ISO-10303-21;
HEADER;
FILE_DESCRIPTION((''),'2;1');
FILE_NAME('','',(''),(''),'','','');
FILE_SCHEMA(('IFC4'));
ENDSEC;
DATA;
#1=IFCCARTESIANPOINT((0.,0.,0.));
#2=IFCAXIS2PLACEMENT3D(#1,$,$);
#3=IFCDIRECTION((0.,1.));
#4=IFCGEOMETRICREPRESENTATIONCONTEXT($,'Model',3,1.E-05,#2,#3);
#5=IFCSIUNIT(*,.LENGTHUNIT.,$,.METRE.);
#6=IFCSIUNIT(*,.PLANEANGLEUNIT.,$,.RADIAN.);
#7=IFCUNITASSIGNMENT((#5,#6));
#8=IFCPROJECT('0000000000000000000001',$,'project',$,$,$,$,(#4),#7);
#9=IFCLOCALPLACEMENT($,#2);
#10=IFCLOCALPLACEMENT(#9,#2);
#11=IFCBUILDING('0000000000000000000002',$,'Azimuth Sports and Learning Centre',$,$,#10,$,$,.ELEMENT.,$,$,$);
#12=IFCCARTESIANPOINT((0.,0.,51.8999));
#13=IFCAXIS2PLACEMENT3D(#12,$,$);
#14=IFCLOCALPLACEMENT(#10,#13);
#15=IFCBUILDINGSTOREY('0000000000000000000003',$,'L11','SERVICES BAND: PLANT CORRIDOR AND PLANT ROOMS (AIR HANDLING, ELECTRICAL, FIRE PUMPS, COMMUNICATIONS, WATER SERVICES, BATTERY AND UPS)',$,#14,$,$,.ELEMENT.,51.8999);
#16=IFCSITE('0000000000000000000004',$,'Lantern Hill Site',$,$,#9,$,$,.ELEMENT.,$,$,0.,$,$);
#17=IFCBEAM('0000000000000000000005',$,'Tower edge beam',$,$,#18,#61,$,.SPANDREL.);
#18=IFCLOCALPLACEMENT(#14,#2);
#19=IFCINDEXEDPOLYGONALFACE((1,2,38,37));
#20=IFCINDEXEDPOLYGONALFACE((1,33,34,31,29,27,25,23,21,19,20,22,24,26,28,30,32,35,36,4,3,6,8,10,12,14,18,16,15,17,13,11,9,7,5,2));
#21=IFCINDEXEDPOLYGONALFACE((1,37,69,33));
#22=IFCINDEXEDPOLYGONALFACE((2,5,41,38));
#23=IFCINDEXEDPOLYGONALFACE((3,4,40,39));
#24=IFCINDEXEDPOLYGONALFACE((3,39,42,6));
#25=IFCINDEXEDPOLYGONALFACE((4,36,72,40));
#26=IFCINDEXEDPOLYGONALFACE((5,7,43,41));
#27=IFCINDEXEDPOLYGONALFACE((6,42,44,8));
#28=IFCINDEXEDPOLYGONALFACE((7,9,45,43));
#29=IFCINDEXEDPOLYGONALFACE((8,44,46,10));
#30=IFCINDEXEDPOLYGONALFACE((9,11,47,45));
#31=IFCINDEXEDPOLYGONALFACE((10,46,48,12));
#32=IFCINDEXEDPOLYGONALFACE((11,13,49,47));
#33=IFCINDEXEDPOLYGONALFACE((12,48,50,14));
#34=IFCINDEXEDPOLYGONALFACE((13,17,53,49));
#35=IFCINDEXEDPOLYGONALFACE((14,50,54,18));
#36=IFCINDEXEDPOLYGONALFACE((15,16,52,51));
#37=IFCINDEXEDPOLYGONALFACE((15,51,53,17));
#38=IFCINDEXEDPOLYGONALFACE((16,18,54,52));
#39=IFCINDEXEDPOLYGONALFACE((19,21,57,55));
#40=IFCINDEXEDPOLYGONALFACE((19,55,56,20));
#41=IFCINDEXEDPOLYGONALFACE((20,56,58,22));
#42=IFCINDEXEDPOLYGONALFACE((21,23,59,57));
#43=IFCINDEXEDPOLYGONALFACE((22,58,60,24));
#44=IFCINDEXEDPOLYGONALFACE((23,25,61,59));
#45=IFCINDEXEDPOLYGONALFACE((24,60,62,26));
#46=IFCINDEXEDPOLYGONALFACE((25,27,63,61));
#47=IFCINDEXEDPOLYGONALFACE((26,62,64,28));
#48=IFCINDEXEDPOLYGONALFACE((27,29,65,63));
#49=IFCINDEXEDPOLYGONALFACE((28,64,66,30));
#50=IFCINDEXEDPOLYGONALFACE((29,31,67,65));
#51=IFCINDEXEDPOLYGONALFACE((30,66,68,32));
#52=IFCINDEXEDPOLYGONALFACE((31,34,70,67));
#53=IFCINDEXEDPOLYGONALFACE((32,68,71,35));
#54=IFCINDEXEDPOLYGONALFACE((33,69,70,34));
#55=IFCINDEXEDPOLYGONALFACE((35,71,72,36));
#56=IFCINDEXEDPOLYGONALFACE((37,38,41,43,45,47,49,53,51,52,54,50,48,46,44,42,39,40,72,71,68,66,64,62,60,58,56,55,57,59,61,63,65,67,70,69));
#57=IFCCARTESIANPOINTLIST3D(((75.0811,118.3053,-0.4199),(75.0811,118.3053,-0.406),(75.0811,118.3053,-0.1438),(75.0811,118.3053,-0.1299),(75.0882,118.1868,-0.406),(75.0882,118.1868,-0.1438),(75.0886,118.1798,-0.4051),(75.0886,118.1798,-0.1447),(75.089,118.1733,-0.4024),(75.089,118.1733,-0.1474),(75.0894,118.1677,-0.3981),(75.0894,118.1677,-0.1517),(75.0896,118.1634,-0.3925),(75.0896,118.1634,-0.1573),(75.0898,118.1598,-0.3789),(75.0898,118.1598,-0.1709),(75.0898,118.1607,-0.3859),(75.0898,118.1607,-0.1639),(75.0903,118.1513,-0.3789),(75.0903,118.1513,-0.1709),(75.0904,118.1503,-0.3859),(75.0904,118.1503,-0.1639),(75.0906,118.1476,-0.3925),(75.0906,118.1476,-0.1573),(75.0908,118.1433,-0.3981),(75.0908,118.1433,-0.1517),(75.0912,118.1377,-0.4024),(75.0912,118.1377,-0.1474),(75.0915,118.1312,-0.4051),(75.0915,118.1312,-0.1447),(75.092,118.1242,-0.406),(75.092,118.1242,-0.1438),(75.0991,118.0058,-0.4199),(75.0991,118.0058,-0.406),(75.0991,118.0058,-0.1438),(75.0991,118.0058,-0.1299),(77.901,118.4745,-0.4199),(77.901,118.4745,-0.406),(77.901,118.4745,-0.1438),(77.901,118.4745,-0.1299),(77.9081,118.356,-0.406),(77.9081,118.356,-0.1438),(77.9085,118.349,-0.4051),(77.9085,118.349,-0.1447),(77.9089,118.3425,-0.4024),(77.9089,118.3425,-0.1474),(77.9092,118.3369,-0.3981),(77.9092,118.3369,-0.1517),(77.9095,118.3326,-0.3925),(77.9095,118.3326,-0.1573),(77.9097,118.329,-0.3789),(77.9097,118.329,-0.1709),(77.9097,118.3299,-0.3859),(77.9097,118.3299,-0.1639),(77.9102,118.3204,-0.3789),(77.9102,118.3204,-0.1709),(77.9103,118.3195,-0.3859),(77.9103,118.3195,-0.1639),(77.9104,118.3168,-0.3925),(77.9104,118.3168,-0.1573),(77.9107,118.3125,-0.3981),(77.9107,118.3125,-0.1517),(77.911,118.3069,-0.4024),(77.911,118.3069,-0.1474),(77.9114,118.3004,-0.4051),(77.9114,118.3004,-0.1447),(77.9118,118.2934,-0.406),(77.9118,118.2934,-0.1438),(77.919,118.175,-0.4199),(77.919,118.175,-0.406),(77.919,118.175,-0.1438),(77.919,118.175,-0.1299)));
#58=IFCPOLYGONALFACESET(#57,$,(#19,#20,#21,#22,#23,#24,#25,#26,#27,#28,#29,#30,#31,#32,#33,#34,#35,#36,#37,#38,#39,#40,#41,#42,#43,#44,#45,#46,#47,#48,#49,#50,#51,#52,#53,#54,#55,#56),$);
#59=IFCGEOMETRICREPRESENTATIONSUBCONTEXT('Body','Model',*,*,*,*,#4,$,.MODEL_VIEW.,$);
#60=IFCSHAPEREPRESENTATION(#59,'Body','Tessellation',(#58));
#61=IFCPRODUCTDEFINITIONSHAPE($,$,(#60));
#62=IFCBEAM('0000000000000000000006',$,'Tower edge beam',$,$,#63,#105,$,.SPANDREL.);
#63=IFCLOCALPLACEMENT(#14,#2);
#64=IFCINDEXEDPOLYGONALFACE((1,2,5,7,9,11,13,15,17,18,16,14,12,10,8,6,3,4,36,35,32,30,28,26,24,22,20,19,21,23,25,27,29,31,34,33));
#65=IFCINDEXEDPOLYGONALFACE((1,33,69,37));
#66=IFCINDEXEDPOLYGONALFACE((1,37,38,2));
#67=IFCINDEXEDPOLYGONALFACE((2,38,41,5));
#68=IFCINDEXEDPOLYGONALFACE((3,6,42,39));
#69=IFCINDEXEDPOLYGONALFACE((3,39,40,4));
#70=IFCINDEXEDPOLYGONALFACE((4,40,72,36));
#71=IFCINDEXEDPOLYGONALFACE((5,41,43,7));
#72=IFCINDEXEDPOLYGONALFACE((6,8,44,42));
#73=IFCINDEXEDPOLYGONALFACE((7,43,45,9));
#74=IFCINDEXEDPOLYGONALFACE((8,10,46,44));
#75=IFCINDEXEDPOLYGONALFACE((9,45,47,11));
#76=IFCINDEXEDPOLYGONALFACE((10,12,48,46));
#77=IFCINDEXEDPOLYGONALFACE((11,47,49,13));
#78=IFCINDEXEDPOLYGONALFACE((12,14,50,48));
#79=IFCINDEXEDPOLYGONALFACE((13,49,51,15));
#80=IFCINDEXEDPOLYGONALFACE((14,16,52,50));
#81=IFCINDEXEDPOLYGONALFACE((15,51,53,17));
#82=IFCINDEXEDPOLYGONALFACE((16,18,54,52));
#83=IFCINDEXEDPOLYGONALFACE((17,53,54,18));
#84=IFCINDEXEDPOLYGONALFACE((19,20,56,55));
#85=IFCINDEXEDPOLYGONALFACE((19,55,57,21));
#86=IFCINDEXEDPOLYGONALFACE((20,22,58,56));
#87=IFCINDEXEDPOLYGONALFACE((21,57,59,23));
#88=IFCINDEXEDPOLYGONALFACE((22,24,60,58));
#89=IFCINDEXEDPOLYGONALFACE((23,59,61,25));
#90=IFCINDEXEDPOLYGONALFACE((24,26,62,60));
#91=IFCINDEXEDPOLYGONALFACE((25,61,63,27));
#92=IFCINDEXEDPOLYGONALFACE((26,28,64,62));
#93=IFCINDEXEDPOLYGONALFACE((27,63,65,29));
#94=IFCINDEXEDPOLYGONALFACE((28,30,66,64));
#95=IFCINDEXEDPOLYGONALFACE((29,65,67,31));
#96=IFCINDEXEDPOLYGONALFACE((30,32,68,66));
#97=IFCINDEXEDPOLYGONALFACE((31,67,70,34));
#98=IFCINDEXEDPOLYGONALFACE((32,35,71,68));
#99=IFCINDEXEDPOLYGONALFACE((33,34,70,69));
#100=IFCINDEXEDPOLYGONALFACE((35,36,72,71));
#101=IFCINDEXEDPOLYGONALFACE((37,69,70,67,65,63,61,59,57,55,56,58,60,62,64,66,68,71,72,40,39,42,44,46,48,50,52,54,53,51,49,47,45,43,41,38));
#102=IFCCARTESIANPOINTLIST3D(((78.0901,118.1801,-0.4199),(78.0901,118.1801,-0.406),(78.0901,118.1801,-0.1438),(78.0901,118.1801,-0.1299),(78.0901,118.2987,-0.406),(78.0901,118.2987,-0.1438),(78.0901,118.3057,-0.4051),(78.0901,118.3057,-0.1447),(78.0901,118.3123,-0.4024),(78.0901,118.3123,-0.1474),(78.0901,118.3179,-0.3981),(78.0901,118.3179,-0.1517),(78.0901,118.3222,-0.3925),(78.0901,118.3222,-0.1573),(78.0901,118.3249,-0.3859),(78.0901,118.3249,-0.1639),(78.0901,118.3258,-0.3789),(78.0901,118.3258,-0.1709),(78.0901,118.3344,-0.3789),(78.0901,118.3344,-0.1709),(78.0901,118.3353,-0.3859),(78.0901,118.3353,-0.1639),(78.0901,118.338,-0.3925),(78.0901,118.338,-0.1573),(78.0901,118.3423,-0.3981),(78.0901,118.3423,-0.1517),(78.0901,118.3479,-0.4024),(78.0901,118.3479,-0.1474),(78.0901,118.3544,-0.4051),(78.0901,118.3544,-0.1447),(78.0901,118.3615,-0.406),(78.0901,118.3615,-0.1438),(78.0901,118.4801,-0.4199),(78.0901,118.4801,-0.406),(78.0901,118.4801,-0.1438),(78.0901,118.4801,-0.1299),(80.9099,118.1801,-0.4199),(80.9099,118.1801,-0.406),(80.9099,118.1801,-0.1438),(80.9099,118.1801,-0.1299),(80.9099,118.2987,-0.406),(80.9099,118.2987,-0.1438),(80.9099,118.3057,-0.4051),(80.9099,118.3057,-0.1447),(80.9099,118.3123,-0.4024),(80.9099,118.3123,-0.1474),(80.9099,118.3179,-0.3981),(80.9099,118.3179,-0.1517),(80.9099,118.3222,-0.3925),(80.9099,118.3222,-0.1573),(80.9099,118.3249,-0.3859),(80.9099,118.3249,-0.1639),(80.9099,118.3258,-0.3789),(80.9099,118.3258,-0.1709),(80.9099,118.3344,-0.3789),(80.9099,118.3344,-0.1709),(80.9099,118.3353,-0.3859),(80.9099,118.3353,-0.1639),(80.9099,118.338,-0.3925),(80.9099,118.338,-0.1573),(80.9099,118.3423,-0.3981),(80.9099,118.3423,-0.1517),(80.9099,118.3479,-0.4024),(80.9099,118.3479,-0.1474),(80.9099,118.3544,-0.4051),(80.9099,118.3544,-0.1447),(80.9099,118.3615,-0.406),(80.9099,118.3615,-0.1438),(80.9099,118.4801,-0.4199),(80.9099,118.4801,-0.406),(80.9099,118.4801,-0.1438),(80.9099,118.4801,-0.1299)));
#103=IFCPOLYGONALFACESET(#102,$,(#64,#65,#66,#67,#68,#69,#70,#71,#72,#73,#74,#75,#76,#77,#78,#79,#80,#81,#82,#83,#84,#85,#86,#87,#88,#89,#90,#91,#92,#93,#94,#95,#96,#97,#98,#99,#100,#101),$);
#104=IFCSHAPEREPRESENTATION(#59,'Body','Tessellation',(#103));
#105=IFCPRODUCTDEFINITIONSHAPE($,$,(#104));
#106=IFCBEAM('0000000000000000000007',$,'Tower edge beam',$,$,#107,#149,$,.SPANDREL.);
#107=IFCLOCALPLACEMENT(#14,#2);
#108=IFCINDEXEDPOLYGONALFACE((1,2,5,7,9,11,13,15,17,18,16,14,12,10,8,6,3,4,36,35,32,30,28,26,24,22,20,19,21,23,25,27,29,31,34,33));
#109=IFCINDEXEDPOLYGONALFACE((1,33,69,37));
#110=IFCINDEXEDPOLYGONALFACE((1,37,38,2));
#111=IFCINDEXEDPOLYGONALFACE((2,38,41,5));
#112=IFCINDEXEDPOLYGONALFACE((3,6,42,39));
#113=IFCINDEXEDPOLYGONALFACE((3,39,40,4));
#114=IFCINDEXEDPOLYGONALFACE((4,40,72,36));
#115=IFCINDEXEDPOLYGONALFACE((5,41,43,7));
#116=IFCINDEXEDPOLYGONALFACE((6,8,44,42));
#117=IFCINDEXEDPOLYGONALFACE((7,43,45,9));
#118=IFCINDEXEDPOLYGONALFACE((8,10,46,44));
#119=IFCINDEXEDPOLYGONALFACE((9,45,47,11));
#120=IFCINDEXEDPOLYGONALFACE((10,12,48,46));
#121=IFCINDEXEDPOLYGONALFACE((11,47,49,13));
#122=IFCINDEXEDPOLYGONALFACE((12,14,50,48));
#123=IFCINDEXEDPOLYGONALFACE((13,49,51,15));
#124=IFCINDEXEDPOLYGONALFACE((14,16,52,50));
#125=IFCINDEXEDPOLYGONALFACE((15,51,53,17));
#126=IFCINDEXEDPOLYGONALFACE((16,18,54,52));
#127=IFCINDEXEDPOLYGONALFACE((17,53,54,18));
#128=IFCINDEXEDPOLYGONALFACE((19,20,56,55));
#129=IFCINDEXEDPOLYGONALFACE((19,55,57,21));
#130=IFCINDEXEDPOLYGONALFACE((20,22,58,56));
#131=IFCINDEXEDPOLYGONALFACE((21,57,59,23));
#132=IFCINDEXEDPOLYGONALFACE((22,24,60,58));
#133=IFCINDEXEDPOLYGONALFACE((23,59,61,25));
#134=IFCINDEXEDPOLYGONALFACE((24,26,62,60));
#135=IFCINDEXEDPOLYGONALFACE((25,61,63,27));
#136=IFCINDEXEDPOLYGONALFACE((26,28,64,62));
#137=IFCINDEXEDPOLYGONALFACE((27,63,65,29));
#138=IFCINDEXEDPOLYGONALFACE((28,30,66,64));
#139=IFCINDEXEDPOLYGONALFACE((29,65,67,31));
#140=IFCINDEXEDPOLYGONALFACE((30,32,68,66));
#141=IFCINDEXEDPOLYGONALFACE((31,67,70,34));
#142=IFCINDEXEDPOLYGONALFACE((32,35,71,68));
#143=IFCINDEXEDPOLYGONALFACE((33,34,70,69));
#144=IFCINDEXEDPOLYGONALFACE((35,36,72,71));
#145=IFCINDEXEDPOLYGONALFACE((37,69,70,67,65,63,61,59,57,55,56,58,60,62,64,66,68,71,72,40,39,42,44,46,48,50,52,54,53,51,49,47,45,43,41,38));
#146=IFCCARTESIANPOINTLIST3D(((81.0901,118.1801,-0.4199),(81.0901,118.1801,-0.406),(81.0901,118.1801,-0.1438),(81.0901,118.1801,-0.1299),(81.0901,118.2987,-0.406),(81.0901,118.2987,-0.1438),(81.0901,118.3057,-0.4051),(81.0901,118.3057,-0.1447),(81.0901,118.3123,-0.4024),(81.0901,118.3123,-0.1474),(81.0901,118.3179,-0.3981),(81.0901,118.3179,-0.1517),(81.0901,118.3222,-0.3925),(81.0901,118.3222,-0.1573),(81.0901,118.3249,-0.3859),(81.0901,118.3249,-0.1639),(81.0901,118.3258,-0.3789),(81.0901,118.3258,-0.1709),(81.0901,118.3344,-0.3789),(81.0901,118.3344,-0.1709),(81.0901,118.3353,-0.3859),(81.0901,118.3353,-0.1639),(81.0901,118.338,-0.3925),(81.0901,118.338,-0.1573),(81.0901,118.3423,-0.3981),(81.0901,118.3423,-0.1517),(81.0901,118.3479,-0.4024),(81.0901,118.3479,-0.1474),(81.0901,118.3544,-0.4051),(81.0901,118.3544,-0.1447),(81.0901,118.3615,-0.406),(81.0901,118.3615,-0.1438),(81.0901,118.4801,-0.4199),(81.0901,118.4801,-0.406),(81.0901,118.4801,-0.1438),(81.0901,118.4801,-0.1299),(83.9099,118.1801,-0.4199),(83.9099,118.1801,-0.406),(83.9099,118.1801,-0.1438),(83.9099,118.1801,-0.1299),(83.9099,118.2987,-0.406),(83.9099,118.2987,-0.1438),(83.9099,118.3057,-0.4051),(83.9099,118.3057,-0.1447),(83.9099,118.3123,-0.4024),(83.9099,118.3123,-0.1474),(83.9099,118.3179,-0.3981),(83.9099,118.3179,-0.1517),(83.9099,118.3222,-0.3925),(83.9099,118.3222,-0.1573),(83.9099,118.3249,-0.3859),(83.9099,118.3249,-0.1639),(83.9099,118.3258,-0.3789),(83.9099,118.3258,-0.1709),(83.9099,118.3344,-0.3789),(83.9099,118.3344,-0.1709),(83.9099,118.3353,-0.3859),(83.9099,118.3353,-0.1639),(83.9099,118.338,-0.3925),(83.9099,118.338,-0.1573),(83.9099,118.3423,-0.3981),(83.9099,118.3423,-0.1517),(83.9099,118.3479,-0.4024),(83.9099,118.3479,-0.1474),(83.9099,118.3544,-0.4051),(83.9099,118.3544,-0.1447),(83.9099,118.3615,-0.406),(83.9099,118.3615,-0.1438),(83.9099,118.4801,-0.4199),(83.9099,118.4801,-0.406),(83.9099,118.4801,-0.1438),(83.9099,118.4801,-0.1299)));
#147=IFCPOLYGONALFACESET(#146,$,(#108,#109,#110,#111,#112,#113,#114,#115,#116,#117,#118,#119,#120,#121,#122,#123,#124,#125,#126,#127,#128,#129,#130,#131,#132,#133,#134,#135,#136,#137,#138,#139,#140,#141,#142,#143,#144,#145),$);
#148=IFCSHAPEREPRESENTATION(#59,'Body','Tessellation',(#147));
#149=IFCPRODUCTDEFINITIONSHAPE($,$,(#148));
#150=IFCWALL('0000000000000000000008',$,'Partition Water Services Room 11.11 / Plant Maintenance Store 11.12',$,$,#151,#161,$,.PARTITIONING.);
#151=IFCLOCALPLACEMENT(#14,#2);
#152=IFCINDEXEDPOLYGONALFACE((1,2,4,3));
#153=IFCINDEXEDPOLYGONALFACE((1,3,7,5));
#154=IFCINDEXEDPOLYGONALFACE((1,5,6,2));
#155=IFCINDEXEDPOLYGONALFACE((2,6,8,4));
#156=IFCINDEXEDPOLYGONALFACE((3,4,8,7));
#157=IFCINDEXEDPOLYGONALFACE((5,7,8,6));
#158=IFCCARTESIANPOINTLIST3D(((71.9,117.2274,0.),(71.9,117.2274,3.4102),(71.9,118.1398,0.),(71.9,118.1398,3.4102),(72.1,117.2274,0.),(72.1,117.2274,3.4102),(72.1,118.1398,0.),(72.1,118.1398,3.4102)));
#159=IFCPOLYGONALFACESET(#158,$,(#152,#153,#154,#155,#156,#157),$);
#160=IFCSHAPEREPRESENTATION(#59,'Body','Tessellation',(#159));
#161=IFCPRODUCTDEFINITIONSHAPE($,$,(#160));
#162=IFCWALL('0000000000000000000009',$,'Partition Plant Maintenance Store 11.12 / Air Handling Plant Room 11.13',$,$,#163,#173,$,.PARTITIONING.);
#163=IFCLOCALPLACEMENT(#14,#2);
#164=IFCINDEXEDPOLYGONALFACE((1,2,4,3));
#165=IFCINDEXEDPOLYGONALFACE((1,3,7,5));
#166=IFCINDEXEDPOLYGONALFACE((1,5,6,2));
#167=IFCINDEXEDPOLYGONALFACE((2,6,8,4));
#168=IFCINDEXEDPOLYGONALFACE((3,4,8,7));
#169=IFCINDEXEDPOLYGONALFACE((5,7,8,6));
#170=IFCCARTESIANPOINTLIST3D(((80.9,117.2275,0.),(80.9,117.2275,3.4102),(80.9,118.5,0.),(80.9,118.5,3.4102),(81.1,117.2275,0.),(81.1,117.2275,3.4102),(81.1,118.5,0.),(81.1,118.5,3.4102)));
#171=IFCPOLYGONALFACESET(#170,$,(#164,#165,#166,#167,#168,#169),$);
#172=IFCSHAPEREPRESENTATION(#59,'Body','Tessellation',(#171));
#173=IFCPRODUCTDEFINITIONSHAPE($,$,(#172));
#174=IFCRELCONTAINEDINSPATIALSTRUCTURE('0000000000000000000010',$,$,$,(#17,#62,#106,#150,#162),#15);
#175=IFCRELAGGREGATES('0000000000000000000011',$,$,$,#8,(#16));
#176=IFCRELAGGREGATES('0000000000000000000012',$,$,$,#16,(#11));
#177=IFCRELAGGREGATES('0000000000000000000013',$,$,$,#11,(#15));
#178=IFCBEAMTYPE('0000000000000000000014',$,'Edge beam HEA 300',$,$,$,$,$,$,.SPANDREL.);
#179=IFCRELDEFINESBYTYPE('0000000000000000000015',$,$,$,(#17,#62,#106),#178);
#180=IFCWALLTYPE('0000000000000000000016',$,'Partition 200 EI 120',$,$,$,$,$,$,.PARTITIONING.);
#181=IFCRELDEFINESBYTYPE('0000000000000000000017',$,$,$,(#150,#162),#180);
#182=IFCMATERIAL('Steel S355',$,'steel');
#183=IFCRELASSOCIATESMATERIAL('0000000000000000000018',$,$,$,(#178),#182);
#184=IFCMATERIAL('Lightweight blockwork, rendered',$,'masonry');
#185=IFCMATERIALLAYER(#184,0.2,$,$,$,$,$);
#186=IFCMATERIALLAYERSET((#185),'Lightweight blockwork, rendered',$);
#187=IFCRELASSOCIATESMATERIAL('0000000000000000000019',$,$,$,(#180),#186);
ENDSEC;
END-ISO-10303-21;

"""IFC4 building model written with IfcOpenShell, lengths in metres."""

from ifc_helpers import new_model, si_unit, direction, frame, frame_2d, origin, origin_2d, place, context, subcontext, project, spatial, rectangle, i_section, extrude, material, layer, layer_set, material_profile, profile_set, type_object, element, save


model = new_model("IFC4")

# Units and contexts
model_context = context("Model", 3, precision=1e-05, world=origin(), true_north=direction((0.0, 1.0)))
body_context = subcontext(model_context, "Body", "Model", "MODEL_VIEW")
ifc_project = project(units=[si_unit("LENGTHUNIT", "METRE"), si_unit("PLANEANGLEUNIT", "RADIAN")], contexts=[model_context])

# Site, building, storey
site_placement = place(None, origin())
site = spatial("IfcSite", under=ifc_project, at=site_placement, Name="Lantern Hill Site", CompositionType="ELEMENT", RefElevation=0.0)
building_placement = place(site_placement, origin())
building = spatial("IfcBuilding", under=site, at=building_placement, Name="Azimuth Sports and Learning Centre", CompositionType="ELEMENT")
storey_placement = place(building_placement, frame((0.0, 0.0, 51.8999)))
storey = spatial("IfcBuildingStorey", under=building, at=storey_placement, Name="L11", Description="SERVICES BAND: PLANT CORRIDOR AND PLANT ROOMS (AIR HANDLING, ELECTRICAL, FIRE PUMPS, COMMUNICATIONS, WATER SERVICES, BATTERY AND UPS)", CompositionType="ELEMENT", Elevation=51.8999)

# Beams
ifc_material_1 = material(Name="Steel S355", Category="steel")
ifc_material_profile_1 = material_profile(ifc_material_1, i_section(OverallWidth=0.3, OverallDepth=0.29, WebThickness=0.0085, FlangeThickness=0.0139, FilletRadius=0.0271, at=origin_2d()), Name="HEA 300")
ifc_profile_set_1 = profile_set([ifc_material_profile_1], Name="Steel S355")
beam_type_1 = type_object("IfcBeamType", Name="Edge beam HEA 300", PredefinedType="SPANDREL", material=ifc_profile_set_1)
for number, where, z_axis, x_axis, name in (
    (1, (75.0901, 118.1555, -0.2749), (0.998205, 0.059892, 0.0), (-0.059892, 0.998205, 0.0), "Tower edge beam"),
):
    element("IfcBeam", number, at=place(storey_placement, frame(where, z_axis=z_axis, x_axis=x_axis)), inside=storey, type_object=beam_type_1, Name=name, PredefinedType="SPANDREL", context=body_context, shape_type="SweptSolid", body=[
        extrude(i_section(OverallWidth=0.3, OverallDepth=0.29, WebThickness=0.0085, FlangeThickness=0.0139, FilletRadius=0.0271, at=origin_2d()), origin(), (0.0, 0.0, 1.0), 2.825),
    ])
for number, where, z_axis, x_axis, name in (
    (2, (78.0901, 118.3301, -0.2749), (1.0, 0.0, 0.0), (0.0, 1.0, 0.0), "Tower edge beam"),
    (3, (81.0901, 118.3301, -0.2749), (1.0, 0.0, 0.0), (0.0, 1.0, 0.0), "Tower edge beam"),
):
    element("IfcBeam", number, at=place(storey_placement, frame(where, z_axis=z_axis, x_axis=x_axis)), inside=storey, type_object=beam_type_1, Name=name, PredefinedType="SPANDREL", context=body_context, shape_type="SweptSolid", body=[
        extrude(i_section(OverallWidth=0.3, OverallDepth=0.29, WebThickness=0.0085, FlangeThickness=0.0139, FilletRadius=0.0271, at=origin_2d()), origin(), (0.0, 0.0, 1.0), 2.8198),
    ])

# Walls
ifc_material_2 = material(Name="Lightweight blockwork, rendered", Category="masonry")
ifc_layer_1 = layer(ifc_material_2, 0.2)
ifc_layer_set_1 = layer_set([ifc_layer_1], Name="Lightweight blockwork, rendered")
wall_type_1 = type_object("IfcWallType", Name="Partition 200 EI 120", PredefinedType="PARTITIONING", material=ifc_layer_set_1)
wall_1_placement = place(storey_placement, frame((72.0, 117.2275, 0.0), z_axis=(0.0, 0.0, 1.0), x_axis=(0.0, 1.0, 0.0)))
element("IfcWall", 4, at=wall_1_placement, inside=storey, type_object=wall_type_1, Name="Partition Water Services Room 11.11 / Plant Maintenance Store 11.12", PredefinedType="PARTITIONING", context=body_context, shape_type="SweptSolid", body=[
    extrude(rectangle(XDim=0.9124, YDim=0.2, at=frame_2d((0.4561, 0.0))), origin(), (0.0, 0.0, 1.0), 3.4102),
])
wall_2_placement = place(storey_placement, frame((81.0, 117.2275, 0.0), z_axis=(0.0, 0.0, 1.0), x_axis=(0.0, 1.0, 0.0)))
element("IfcWall", 5, at=wall_2_placement, inside=storey, type_object=wall_type_1, Name="Partition Plant Maintenance Store 11.12 / Air Handling Plant Room 11.13", PredefinedType="PARTITIONING", context=body_context, shape_type="SweptSolid", body=[
    extrude(rectangle(XDim=1.2725, YDim=0.2, at=frame_2d((0.6362, 0.0))), origin(), (0.0, 0.0, 1.0), 3.4102),
])

save(model, "model.ifc")
